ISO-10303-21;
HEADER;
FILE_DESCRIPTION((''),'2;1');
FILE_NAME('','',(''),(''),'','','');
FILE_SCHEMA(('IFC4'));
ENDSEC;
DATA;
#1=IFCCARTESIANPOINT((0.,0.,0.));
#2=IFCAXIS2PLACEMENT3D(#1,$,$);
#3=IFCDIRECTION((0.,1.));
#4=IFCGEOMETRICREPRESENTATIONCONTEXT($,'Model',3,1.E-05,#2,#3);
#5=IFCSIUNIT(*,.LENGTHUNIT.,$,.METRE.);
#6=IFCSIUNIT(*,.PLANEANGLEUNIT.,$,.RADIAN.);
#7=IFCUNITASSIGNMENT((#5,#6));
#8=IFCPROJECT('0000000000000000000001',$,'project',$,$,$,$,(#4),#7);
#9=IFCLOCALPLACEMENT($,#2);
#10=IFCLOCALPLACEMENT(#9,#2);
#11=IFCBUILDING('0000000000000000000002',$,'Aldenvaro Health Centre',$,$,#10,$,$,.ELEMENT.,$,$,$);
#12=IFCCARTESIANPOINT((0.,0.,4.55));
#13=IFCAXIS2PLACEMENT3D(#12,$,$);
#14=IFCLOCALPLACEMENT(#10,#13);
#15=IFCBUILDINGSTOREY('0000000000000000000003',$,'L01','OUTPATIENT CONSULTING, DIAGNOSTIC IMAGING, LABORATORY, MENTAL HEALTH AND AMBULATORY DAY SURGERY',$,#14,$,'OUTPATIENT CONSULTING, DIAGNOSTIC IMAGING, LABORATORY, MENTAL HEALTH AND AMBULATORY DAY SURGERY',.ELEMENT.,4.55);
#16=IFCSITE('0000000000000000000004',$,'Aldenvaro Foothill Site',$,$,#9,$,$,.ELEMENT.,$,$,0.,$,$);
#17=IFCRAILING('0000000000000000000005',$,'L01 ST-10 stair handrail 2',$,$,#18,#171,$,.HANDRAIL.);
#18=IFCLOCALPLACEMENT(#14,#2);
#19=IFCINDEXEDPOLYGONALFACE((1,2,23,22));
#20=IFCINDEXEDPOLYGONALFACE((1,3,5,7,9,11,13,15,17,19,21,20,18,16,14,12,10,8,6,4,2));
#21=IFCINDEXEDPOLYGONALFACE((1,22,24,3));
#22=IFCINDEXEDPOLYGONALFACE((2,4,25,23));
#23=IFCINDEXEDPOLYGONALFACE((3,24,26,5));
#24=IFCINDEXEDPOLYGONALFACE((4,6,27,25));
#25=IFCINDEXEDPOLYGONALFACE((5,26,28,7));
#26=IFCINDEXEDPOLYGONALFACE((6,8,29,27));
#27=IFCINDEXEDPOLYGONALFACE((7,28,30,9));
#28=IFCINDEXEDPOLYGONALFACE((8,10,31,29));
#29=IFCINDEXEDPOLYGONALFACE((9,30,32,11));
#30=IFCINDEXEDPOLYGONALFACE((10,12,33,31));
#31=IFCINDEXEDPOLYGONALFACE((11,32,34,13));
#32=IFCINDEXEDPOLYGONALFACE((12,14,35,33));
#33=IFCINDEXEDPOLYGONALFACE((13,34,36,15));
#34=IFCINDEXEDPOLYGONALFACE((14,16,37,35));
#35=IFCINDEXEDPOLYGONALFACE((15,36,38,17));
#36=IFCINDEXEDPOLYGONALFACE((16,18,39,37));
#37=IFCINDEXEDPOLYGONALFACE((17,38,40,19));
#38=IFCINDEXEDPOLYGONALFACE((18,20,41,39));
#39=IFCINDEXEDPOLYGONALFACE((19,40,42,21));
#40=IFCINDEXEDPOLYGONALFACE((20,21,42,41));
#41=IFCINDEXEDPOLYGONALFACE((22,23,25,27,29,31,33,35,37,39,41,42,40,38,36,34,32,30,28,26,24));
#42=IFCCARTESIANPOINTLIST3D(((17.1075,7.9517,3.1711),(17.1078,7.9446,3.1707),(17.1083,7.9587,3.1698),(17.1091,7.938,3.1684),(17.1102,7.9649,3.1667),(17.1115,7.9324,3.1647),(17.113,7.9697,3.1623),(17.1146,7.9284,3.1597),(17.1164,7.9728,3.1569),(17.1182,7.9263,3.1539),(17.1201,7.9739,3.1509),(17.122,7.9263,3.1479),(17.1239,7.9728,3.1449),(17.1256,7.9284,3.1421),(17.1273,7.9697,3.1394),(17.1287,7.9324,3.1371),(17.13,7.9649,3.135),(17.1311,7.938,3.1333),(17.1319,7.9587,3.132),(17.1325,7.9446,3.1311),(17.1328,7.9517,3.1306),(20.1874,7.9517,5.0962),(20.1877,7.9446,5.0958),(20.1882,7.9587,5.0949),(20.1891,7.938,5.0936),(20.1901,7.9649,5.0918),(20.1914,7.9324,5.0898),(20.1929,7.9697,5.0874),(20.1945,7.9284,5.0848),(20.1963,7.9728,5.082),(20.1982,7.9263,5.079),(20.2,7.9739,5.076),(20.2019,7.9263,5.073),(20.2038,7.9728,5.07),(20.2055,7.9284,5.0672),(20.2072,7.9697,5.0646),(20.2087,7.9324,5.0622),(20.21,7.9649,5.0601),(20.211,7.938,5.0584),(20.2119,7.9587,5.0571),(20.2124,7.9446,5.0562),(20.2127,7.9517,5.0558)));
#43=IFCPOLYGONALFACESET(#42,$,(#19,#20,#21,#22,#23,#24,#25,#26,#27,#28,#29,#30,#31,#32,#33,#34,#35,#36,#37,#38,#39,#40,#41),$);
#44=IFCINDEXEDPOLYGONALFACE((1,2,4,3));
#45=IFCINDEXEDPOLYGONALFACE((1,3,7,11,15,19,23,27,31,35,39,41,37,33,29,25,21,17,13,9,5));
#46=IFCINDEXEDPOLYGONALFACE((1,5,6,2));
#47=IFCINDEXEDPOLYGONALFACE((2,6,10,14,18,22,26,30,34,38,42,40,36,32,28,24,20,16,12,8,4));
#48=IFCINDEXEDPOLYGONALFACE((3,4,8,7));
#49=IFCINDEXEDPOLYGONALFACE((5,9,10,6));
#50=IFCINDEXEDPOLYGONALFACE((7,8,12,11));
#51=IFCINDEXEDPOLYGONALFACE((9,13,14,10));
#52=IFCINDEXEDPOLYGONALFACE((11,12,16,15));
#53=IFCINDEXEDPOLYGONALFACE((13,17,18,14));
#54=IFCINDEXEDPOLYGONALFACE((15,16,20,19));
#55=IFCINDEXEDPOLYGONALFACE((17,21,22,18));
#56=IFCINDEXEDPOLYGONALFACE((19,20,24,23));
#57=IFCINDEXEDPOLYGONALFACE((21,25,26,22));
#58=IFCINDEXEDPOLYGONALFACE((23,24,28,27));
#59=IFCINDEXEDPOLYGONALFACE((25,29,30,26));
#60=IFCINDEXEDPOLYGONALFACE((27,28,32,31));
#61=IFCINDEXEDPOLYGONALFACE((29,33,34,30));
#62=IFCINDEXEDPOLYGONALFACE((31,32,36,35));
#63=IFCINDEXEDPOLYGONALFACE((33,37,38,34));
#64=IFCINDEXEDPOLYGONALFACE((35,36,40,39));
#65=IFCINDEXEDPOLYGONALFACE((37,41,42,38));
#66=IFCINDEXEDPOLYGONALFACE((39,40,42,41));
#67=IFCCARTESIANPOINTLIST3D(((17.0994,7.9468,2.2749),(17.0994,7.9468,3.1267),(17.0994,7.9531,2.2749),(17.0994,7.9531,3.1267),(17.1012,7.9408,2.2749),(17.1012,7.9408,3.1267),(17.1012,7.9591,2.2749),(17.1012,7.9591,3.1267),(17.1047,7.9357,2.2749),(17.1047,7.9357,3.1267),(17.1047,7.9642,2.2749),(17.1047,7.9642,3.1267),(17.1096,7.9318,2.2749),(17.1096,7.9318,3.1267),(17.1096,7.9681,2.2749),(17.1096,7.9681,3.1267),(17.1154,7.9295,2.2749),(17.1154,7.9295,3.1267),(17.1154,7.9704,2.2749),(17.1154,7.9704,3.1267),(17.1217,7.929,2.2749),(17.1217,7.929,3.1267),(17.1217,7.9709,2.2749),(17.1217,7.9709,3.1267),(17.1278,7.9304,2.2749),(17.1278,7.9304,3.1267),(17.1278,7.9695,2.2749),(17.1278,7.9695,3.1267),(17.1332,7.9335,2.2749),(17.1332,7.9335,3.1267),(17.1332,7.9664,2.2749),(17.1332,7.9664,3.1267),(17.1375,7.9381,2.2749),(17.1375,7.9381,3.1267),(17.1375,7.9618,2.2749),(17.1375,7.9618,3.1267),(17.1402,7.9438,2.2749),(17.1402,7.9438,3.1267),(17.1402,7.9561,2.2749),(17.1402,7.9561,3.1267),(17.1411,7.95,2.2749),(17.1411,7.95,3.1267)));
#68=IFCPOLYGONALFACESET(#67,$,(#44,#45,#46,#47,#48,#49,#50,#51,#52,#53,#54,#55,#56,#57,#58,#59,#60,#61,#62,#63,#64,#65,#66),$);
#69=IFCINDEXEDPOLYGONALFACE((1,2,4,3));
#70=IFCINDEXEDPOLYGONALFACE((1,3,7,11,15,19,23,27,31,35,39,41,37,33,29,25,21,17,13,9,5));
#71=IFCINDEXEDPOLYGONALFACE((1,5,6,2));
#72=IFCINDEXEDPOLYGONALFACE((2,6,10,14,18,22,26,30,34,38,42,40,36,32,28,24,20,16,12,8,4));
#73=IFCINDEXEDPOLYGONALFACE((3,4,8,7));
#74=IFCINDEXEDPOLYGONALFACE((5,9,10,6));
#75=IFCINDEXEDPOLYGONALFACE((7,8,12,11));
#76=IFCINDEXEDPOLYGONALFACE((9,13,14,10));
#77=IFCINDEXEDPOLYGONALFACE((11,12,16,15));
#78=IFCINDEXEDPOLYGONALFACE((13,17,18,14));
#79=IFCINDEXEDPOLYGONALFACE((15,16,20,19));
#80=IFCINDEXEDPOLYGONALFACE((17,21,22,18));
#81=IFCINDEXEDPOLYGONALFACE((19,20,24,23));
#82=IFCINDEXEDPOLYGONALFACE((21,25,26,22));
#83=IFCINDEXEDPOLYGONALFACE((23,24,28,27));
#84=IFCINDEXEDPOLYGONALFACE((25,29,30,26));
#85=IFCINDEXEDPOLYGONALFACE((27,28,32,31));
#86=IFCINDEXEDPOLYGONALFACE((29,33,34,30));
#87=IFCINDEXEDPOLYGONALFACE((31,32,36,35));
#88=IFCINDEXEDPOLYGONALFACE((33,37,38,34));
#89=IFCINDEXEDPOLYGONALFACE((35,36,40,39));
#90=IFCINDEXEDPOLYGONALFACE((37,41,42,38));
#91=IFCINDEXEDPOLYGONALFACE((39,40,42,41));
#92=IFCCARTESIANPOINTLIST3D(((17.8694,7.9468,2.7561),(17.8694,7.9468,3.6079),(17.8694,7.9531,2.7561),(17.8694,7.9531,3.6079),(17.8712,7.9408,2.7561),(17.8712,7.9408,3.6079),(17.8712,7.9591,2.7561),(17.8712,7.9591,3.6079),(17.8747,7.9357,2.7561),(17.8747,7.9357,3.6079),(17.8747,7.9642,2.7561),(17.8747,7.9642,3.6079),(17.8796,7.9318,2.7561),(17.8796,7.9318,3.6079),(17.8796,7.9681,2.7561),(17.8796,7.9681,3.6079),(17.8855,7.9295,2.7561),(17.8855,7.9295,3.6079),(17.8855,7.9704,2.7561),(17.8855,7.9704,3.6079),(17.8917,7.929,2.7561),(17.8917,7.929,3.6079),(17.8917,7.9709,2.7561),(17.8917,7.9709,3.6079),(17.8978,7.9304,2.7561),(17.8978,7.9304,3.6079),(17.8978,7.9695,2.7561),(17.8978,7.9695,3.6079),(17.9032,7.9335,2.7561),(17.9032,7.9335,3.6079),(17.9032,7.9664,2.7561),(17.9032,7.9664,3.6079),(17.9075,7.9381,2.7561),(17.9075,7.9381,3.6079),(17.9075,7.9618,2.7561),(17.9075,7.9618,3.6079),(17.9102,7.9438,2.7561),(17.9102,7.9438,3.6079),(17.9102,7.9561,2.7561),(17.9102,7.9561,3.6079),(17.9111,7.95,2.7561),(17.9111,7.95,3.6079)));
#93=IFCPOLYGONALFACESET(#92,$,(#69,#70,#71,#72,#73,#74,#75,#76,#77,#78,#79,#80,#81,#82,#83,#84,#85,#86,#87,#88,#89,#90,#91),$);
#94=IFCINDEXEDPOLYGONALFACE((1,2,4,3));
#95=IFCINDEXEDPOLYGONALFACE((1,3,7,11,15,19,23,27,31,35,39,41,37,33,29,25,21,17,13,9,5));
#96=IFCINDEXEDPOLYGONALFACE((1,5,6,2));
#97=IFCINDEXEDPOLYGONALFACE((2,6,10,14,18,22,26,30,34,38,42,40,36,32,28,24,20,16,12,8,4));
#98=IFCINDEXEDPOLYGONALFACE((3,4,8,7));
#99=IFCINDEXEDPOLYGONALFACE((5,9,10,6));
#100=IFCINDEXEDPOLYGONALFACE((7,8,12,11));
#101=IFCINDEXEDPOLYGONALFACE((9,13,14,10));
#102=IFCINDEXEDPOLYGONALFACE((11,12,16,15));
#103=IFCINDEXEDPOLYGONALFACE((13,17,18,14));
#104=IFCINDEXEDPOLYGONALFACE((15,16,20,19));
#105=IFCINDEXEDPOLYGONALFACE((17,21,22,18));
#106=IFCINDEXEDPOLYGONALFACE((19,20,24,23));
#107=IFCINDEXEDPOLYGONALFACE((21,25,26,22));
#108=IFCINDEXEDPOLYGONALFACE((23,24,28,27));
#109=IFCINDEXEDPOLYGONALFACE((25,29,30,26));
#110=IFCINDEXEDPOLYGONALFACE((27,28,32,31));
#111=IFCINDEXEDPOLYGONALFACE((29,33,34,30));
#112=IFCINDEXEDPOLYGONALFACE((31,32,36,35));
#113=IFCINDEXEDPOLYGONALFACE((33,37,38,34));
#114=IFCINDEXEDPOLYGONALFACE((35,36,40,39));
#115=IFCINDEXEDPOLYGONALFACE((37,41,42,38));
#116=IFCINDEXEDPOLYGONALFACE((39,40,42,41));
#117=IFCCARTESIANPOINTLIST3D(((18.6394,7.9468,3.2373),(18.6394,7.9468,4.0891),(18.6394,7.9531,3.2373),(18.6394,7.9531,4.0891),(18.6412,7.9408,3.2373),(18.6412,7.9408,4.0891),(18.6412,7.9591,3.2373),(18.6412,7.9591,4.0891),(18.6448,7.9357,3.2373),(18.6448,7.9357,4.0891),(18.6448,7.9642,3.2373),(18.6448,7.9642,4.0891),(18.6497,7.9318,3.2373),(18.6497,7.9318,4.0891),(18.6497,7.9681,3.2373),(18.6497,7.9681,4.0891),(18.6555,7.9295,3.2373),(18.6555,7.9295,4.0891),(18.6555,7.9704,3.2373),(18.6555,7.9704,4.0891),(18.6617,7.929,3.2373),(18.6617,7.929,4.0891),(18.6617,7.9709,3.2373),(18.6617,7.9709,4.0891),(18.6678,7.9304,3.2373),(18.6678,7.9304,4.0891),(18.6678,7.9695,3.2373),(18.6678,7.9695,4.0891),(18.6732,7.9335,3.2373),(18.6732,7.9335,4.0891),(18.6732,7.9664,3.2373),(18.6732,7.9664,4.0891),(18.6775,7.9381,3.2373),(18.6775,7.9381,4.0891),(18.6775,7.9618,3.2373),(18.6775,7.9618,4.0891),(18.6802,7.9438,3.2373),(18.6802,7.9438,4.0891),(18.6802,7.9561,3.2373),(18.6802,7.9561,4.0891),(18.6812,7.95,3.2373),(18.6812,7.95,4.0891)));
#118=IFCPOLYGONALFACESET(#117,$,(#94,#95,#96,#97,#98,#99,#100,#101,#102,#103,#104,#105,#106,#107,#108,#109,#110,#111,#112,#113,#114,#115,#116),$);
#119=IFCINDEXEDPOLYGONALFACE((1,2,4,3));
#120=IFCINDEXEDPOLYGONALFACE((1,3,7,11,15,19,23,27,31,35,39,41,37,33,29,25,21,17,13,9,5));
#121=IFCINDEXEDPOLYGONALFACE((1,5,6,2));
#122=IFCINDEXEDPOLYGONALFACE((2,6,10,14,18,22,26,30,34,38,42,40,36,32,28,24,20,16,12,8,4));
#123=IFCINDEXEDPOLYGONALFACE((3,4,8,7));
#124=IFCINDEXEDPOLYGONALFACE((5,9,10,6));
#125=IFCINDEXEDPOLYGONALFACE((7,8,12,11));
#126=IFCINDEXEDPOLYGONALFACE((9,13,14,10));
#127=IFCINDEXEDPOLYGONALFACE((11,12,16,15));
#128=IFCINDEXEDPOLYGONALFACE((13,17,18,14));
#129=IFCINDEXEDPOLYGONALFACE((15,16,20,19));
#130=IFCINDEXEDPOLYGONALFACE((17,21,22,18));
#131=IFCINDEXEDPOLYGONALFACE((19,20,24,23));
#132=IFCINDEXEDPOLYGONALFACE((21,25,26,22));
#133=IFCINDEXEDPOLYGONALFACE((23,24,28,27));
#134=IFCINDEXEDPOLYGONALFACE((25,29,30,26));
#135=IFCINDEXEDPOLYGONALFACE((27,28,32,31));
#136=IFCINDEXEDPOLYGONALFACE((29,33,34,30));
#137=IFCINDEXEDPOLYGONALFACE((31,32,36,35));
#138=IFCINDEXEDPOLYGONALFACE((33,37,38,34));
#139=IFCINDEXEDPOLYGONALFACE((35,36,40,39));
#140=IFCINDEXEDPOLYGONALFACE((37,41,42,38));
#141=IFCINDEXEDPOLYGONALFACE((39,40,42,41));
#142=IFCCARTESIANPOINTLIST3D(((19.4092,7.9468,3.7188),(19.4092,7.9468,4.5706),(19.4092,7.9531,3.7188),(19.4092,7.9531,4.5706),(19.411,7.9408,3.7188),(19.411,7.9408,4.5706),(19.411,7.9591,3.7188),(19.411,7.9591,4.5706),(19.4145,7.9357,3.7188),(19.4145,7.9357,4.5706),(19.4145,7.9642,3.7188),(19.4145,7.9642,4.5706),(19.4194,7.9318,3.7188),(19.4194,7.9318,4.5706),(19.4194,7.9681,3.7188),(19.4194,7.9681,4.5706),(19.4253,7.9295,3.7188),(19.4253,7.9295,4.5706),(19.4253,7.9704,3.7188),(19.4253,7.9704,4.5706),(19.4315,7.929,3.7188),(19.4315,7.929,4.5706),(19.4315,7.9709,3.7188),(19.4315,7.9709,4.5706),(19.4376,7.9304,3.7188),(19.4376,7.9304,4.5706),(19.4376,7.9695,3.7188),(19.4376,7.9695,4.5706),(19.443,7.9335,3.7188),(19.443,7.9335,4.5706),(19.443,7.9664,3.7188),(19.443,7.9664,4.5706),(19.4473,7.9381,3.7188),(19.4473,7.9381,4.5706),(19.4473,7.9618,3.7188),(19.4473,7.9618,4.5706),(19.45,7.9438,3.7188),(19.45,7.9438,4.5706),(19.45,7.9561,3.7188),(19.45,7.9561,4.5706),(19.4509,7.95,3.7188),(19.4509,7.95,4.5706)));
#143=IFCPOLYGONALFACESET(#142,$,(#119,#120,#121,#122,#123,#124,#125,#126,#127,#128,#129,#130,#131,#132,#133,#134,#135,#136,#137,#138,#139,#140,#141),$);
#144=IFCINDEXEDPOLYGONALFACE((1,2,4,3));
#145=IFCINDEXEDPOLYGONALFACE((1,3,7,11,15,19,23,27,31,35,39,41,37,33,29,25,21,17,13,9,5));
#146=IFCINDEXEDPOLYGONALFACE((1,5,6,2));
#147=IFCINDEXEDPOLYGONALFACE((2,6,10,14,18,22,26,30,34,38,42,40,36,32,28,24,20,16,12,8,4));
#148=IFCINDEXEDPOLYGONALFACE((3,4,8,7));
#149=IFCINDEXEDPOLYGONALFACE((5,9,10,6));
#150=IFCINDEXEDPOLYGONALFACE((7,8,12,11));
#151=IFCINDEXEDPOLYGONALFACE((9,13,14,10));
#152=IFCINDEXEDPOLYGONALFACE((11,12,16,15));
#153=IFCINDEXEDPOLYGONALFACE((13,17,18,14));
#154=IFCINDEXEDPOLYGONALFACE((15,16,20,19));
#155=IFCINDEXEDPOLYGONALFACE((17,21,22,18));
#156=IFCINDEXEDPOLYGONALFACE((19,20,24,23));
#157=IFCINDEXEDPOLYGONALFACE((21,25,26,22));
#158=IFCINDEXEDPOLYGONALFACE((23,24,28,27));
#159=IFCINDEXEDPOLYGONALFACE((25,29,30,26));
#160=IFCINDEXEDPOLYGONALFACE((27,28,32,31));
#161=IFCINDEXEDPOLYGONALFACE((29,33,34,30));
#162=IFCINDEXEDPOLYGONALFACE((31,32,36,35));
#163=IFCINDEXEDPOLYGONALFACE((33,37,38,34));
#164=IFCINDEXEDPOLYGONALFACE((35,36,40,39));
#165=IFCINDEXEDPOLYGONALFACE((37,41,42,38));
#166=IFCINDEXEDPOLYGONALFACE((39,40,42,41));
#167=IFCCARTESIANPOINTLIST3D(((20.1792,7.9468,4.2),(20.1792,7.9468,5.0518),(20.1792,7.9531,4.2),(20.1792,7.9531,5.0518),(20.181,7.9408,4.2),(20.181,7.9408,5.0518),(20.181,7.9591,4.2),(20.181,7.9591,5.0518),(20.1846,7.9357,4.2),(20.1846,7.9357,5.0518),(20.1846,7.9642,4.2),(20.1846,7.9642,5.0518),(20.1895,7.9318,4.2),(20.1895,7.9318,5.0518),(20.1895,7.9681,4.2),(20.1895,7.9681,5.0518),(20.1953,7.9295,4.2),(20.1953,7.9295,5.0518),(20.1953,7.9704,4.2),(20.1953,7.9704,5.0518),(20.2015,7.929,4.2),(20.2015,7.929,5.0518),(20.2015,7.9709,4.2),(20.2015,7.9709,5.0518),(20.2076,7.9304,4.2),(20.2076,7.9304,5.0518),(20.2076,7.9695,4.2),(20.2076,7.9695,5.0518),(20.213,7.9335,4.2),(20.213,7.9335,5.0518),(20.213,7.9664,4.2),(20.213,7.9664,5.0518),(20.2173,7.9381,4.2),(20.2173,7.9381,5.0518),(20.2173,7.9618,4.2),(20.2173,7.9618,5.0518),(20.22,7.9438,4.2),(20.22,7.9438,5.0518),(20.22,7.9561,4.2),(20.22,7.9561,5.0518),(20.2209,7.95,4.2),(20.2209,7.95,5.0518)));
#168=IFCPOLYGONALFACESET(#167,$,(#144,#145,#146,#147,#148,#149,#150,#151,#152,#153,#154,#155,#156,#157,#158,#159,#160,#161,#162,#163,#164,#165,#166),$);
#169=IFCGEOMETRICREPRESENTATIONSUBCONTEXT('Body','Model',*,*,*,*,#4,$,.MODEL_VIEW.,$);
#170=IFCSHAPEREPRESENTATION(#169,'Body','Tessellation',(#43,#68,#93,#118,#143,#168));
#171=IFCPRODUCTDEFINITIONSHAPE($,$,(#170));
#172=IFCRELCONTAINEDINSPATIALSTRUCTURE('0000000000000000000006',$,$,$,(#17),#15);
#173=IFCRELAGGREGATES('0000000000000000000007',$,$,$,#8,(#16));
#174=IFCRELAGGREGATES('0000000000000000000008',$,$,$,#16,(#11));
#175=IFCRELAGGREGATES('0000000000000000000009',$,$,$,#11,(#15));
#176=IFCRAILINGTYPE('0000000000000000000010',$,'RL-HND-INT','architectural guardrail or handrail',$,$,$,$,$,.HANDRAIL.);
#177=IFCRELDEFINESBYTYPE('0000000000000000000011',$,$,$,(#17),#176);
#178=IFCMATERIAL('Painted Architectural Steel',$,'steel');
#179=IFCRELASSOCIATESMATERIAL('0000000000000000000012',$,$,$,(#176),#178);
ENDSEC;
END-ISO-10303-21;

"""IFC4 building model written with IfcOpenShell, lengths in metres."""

from ifc_helpers import new_model, si_unit, direction, frame, origin, origin_2d, place, context, subcontext, project, spatial, circle, extrude, material, type_object, element, save


model = new_model("IFC4")

# Units and contexts
model_context = context("Model", 3, precision=1e-05, world=origin(), true_north=direction((0.0, 1.0)))
body_context = subcontext(model_context, "Body", "Model", "MODEL_VIEW")
ifc_project = project(units=[si_unit("LENGTHUNIT", "METRE"), si_unit("PLANEANGLEUNIT", "RADIAN")], contexts=[model_context])

# Site, building, storey
site_placement = place(None, origin())
site = spatial("IfcSite", under=ifc_project, at=site_placement, Name="Aldenvaro Foothill Site", CompositionType="ELEMENT", RefElevation=0.0)
building_placement = place(site_placement, origin())
building = spatial("IfcBuilding", under=site, at=building_placement, Name="Aldenvaro Health Centre", CompositionType="ELEMENT")
storey_placement = place(building_placement, frame((0.0, 0.0, 4.55)))
storey = spatial("IfcBuildingStorey", under=building, at=storey_placement, Name="L01", Description="OUTPATIENT CONSULTING, DIAGNOSTIC IMAGING, LABORATORY, MENTAL HEALTH AND AMBULATORY DAY SURGERY", LongName="OUTPATIENT CONSULTING, DIAGNOSTIC IMAGING, LABORATORY, MENTAL HEALTH AND AMBULATORY DAY SURGERY", CompositionType="ELEMENT", Elevation=4.55)

# Railing
ifc_material_1 = material(Name="Painted Architectural Steel", Category="steel")
railing_type_1 = type_object("IfcRailingType", Name="RL-HND-INT", Description="architectural guardrail or handrail", PredefinedType="HANDRAIL", material=ifc_material_1)
railing_1_placement = place(storey_placement, frame((17.1201, 7.95, 2.2749)))
element("IfcRailing", 1, at=railing_1_placement, inside=storey, type_object=railing_type_1, Name="L01 ST-10 stair handrail 2", PredefinedType="HANDRAIL", context=body_context, shape_type="SweptSolid", body=[
    extrude(circle(Radius=0.0239, at=origin_2d()), frame((0.0, 0.0, 0.876), z_axis=(0.847979, 0.0, 0.530029), x_axis=(0.0, 1.0, 0.0)), (0.0, 0.0, 1.0), 3.6321),
    extrude(circle(Radius=0.021, at=origin_2d()), origin(), (0.0, 0.0, 1.0), 0.8518),
    extrude(circle(Radius=0.021, at=origin_2d()), frame((0.77, 0.0, 0.4812)), (0.0, 0.0, 1.0), 0.8518),
    extrude(circle(Radius=0.021, at=origin_2d()), frame((1.54, 0.0, 0.9624)), (0.0, 0.0, 1.0), 0.8518),
    extrude(circle(Radius=0.021, at=origin_2d()), frame((2.3098, 0.0, 1.4438)), (0.0, 0.0, 1.0), 0.8518),
    extrude(circle(Radius=0.021, at=origin_2d()), frame((3.0798, 0.0, 1.925)), (0.0, 0.0, 1.0), 0.8518),
])

save(model, "model.ifc")
